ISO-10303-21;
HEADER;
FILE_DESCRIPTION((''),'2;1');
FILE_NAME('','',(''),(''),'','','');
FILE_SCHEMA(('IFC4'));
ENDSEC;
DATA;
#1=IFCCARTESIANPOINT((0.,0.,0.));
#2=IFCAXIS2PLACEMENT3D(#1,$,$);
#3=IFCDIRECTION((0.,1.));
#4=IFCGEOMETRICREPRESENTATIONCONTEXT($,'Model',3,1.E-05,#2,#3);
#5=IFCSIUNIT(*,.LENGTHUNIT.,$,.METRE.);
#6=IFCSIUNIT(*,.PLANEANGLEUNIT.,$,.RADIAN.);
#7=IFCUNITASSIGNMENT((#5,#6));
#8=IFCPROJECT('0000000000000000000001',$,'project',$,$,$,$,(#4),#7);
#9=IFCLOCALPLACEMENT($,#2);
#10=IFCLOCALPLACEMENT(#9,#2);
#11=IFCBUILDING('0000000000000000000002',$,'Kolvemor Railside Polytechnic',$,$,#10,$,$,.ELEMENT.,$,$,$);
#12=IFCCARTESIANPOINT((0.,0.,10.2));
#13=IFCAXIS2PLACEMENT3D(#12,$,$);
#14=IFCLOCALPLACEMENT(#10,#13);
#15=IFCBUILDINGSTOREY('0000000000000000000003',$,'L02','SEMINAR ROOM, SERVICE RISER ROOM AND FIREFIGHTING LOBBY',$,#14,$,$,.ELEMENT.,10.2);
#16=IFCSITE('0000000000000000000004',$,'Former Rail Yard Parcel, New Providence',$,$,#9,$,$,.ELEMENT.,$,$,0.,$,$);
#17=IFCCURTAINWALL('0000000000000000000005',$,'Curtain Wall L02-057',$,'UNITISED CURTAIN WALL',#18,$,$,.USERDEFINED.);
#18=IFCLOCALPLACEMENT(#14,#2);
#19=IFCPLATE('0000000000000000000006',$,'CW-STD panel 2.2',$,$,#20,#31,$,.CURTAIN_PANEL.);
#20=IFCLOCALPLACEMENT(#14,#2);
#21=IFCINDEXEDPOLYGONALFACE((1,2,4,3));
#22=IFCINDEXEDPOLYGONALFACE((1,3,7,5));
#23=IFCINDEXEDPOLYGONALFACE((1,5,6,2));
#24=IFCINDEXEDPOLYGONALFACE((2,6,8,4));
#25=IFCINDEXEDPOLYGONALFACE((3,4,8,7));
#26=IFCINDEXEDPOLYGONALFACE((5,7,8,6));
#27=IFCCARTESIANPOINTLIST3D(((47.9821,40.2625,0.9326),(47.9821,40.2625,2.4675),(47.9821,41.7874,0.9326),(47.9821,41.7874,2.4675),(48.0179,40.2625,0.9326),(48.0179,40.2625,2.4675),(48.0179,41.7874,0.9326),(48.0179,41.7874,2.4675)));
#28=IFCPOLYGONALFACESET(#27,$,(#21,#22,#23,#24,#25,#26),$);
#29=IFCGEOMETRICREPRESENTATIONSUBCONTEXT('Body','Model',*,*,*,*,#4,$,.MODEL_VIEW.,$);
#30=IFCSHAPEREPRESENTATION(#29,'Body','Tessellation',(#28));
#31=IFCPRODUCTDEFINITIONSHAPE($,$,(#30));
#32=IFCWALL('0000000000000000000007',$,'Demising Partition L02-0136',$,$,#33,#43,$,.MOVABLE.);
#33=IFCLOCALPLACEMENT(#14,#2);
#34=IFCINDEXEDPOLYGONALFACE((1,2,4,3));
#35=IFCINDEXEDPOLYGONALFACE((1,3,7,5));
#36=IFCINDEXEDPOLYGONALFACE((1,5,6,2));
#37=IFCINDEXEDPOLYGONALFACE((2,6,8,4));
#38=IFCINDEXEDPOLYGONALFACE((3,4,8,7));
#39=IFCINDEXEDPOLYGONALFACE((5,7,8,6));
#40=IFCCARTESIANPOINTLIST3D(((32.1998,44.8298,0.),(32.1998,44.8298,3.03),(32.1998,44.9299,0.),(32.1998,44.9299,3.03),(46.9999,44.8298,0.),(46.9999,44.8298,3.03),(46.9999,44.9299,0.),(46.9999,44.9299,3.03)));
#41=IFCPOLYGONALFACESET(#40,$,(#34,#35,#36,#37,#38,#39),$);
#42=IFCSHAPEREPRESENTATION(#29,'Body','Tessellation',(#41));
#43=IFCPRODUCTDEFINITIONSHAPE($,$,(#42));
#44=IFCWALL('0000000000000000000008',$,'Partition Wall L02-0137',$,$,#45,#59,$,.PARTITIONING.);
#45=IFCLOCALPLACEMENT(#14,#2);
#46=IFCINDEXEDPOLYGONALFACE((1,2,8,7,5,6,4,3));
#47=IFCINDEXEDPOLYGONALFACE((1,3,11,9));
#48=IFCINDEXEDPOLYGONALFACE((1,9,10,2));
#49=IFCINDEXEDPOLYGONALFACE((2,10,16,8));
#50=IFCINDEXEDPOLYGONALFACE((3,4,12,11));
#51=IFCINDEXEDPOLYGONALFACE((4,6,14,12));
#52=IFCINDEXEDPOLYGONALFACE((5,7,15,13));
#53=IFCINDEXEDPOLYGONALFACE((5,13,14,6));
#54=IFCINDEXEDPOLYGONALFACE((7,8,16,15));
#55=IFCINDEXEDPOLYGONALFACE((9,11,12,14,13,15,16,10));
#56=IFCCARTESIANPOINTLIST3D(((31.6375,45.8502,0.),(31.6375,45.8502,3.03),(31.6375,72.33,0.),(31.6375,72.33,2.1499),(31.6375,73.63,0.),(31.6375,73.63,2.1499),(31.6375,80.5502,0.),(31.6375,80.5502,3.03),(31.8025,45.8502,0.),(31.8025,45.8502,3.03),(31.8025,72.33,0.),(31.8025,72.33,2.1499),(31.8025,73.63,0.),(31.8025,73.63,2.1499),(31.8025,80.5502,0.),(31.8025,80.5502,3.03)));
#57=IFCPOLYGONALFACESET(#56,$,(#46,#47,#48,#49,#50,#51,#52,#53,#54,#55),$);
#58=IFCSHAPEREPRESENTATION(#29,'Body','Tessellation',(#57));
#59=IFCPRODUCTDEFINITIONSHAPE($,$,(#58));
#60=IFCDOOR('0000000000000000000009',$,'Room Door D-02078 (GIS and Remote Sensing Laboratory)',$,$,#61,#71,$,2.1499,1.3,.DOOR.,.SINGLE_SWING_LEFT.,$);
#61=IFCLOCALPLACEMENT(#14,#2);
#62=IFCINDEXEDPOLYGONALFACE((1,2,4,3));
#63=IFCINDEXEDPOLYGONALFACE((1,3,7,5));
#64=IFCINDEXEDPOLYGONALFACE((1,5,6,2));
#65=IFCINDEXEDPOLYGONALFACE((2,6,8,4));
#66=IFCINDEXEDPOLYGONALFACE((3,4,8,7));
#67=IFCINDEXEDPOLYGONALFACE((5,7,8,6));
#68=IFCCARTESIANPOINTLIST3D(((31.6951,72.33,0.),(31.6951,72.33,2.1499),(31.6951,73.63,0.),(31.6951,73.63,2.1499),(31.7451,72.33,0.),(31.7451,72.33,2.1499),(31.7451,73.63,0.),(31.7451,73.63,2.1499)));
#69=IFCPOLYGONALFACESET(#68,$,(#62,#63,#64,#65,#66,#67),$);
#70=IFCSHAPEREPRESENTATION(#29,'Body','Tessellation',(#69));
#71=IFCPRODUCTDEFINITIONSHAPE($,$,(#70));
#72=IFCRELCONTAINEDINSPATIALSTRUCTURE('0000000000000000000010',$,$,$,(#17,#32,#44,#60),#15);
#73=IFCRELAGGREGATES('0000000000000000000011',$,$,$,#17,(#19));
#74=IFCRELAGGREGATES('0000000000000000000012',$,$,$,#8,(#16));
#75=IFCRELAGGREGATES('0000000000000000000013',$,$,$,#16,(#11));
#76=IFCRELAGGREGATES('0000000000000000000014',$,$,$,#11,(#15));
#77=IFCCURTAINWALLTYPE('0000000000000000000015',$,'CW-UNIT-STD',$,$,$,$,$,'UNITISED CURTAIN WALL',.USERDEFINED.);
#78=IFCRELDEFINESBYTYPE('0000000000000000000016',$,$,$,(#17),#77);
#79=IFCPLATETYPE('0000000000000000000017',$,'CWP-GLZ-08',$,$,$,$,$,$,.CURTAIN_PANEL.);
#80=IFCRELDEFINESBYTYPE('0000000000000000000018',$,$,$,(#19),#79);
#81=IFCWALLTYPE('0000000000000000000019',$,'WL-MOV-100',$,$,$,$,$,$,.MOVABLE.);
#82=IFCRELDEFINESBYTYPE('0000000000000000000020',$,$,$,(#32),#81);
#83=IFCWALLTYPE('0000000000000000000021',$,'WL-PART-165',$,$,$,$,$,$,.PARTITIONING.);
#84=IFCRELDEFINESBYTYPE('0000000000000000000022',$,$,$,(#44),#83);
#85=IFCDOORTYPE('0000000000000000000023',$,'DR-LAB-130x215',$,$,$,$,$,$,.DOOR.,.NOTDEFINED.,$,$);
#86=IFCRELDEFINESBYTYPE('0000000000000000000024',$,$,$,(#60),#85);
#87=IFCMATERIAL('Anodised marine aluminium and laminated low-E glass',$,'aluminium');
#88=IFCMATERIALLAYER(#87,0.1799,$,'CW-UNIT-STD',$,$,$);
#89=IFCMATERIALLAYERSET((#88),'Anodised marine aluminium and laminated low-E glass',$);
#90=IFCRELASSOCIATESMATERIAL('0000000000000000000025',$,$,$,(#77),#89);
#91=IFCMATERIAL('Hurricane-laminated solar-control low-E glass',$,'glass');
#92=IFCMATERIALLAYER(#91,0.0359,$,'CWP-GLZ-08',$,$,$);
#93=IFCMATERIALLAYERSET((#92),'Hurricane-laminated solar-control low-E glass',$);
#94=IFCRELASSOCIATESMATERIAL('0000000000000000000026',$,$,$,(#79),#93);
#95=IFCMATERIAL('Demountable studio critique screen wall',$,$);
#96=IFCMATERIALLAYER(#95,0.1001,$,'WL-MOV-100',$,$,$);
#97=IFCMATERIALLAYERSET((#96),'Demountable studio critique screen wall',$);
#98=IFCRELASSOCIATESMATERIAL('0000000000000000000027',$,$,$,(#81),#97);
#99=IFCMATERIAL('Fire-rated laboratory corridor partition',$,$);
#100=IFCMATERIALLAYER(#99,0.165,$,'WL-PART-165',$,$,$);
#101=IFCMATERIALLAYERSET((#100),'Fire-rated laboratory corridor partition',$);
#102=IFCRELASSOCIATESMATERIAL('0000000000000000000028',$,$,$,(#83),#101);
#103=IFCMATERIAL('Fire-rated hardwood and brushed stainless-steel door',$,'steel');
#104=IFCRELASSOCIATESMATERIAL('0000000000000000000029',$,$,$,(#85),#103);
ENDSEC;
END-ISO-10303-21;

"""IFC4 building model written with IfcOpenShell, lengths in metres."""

from ifc_helpers import new_model, si_unit, direction, frame, frame_2d, origin, origin_2d, place, context, subcontext, project, spatial, rectangle, extrude, material, layer, layer_set, type_object, element, fill, aggregate, save


model = new_model("IFC4")

# Units and contexts
model_context = context("Model", 3, precision=1e-05, world=origin(), true_north=direction((0.0, 1.0)))
body_context = subcontext(model_context, "Body", "Model", "MODEL_VIEW")
ifc_project = project(units=[si_unit("LENGTHUNIT", "METRE"), si_unit("PLANEANGLEUNIT", "RADIAN")], contexts=[model_context])

# Site, building, storey
site_placement = place(None, origin())
site = spatial("IfcSite", under=ifc_project, at=site_placement, Name="Former Rail Yard Parcel, New Providence", CompositionType="ELEMENT", RefElevation=0.0)
building_placement = place(site_placement, origin())
building = spatial("IfcBuilding", under=site, at=building_placement, Name="Kolvemor Railside Polytechnic", CompositionType="ELEMENT")
storey_placement = place(building_placement, frame((0.0, 0.0, 10.2)))
storey = spatial("IfcBuildingStorey", under=building, at=storey_placement, Name="L02", Description="SEMINAR ROOM, SERVICE RISER ROOM AND FIREFIGHTING LOBBY", CompositionType="ELEMENT", Elevation=10.2)

# Curtain wall, plate
ifc_material_1 = material(Name="Anodised marine aluminium and laminated low-E glass", Category="aluminium")
ifc_layer_1 = layer(ifc_material_1, 0.1799, Name="CW-UNIT-STD")
ifc_layer_set_1 = layer_set([ifc_layer_1], Name="Anodised marine aluminium and laminated low-E glass")
curtain_wall_type = type_object("IfcCurtainWallType", Name="CW-UNIT-STD", ElementType="UNITISED CURTAIN WALL", PredefinedType="USERDEFINED", material=ifc_layer_set_1)
curtain_wall_placement = place(storey_placement, origin())
curtain_wall = element("IfcCurtainWall", 1, at=curtain_wall_placement, inside=storey, type_object=curtain_wall_type, Name="Curtain Wall L02-057", ObjectType="UNITISED CURTAIN WALL", PredefinedType="USERDEFINED")
ifc_material_2 = material(Name="Hurricane-laminated solar-control low-E glass", Category="glass")
ifc_layer_2 = layer(ifc_material_2, 0.0359, Name="CWP-GLZ-08")
ifc_layer_set_2 = layer_set([ifc_layer_2], Name="Hurricane-laminated solar-control low-E glass")
plate_type = type_object("IfcPlateType", Name="CWP-GLZ-08", PredefinedType="CURTAIN_PANEL", material=ifc_layer_set_2)
plate_1_placement = place(storey_placement, frame((48.0, 41.0249, 0.9326), z_axis=(0.0, 0.0, 1.0), x_axis=(0.0, 1.0, 0.0)))
plate_1 = element("IfcPlate", 2, at=plate_1_placement, type_object=plate_type, Name="CW-STD panel 2.2", PredefinedType="CURTAIN_PANEL", context=body_context, shape_type="SweptSolid", body=[
    extrude(rectangle(XDim=1.5249, YDim=0.0359, at=origin_2d()), origin(), (0.0, 0.0, 1.0), 1.5349),
])
aggregate(curtain_wall, [plate_1])

# Wall
ifc_material_3 = material(Name="Demountable studio critique screen wall")
ifc_layer_3 = layer(ifc_material_3, 0.1001, Name="WL-MOV-100")
ifc_layer_set_3 = layer_set([ifc_layer_3], Name="Demountable studio critique screen wall")
wall_type_1 = type_object("IfcWallType", Name="WL-MOV-100", PredefinedType="MOVABLE", material=ifc_layer_set_3)
wall_1_placement = place(storey_placement, frame((32.2, 44.8799, 0.0), z_axis=(0.0, 0.0, 1.0), x_axis=(1.0, 0.0, 0.0)))
element("IfcWall", 3, at=wall_1_placement, inside=storey, type_object=wall_type_1, Name="Demising Partition L02-0136", PredefinedType="MOVABLE", context=body_context, shape_type="SweptSolid", body=[
    extrude(rectangle(XDim=14.8, YDim=0.1001, at=frame_2d((7.3999, 0.0))), origin(), (0.0, 0.0, 1.0), 3.03),
])

# Wall, opening, door
ifc_material_4 = material(Name="Fire-rated laboratory corridor partition")
ifc_layer_4 = layer(ifc_material_4, 0.165, Name="WL-PART-165")
ifc_layer_set_4 = layer_set([ifc_layer_4], Name="Fire-rated laboratory corridor partition")
wall_type_2 = type_object("IfcWallType", Name="WL-PART-165", PredefinedType="PARTITIONING", material=ifc_layer_set_4)
wall_2_placement = place(storey_placement, frame((31.72, 45.8501, 0.0), z_axis=(0.0, 0.0, 1.0), x_axis=(0.0, 1.0, 0.0)))
wall_2 = element("IfcWall", 4, at=wall_2_placement, inside=storey, type_object=wall_type_2, Name="Partition Wall L02-0137", PredefinedType="PARTITIONING", context=body_context, shape_type="SweptSolid", body=[
    extrude(rectangle(XDim=34.7, YDim=0.165, at=frame_2d((17.3501, 0.0))), origin(), (0.0, 0.0, 1.0), 3.03),
])
opening_placement = place(wall_2_placement, frame((26.48, 0.0, 0.0)))
opening = element("IfcOpeningElement", 5, at=opening_placement, cuts=wall_2, PredefinedType="OPENING", context=body_context, shape_type="SweptSolid", body=[
    extrude(rectangle(XDim=1.3, YDim=2.1499, at=frame_2d((0.6499, 1.075))), frame((0.0, 0.0925, 0.0), z_axis=(0.0, -1.0, 0.0), x_axis=(1.0, 0.0, 0.0)), (0.0, 0.0, 1.0), 0.1851),
])
ifc_material_5 = material(Name="Fire-rated hardwood and brushed stainless-steel door", Category="steel")
door_type = type_object("IfcDoorType", Name="DR-LAB-130x215", OperationType="NOTDEFINED", PredefinedType="DOOR", material=ifc_material_5)
door_placement = place(opening_placement, origin())
door = element("IfcDoor", 6, at=door_placement, inside=storey, type_object=door_type, Name="Room Door D-02078 (GIS and Remote Sensing Laboratory)", OperationType="SINGLE_SWING_LEFT", OverallHeight=2.1499, OverallWidth=1.3, PredefinedType="DOOR", context=body_context, shape_type="SweptSolid", body=[
    extrude(rectangle(XDim=1.3, YDim=2.1499, at=frame_2d((0.6499, 1.075))), frame((0.0, 0.0249, 0.0), z_axis=(0.0, -1.0, 0.0), x_axis=(1.0, 0.0, 0.0)), (0.0, 0.0, 1.0), 0.05),
])
fill(opening, door)

save(model, "model.ifc")
